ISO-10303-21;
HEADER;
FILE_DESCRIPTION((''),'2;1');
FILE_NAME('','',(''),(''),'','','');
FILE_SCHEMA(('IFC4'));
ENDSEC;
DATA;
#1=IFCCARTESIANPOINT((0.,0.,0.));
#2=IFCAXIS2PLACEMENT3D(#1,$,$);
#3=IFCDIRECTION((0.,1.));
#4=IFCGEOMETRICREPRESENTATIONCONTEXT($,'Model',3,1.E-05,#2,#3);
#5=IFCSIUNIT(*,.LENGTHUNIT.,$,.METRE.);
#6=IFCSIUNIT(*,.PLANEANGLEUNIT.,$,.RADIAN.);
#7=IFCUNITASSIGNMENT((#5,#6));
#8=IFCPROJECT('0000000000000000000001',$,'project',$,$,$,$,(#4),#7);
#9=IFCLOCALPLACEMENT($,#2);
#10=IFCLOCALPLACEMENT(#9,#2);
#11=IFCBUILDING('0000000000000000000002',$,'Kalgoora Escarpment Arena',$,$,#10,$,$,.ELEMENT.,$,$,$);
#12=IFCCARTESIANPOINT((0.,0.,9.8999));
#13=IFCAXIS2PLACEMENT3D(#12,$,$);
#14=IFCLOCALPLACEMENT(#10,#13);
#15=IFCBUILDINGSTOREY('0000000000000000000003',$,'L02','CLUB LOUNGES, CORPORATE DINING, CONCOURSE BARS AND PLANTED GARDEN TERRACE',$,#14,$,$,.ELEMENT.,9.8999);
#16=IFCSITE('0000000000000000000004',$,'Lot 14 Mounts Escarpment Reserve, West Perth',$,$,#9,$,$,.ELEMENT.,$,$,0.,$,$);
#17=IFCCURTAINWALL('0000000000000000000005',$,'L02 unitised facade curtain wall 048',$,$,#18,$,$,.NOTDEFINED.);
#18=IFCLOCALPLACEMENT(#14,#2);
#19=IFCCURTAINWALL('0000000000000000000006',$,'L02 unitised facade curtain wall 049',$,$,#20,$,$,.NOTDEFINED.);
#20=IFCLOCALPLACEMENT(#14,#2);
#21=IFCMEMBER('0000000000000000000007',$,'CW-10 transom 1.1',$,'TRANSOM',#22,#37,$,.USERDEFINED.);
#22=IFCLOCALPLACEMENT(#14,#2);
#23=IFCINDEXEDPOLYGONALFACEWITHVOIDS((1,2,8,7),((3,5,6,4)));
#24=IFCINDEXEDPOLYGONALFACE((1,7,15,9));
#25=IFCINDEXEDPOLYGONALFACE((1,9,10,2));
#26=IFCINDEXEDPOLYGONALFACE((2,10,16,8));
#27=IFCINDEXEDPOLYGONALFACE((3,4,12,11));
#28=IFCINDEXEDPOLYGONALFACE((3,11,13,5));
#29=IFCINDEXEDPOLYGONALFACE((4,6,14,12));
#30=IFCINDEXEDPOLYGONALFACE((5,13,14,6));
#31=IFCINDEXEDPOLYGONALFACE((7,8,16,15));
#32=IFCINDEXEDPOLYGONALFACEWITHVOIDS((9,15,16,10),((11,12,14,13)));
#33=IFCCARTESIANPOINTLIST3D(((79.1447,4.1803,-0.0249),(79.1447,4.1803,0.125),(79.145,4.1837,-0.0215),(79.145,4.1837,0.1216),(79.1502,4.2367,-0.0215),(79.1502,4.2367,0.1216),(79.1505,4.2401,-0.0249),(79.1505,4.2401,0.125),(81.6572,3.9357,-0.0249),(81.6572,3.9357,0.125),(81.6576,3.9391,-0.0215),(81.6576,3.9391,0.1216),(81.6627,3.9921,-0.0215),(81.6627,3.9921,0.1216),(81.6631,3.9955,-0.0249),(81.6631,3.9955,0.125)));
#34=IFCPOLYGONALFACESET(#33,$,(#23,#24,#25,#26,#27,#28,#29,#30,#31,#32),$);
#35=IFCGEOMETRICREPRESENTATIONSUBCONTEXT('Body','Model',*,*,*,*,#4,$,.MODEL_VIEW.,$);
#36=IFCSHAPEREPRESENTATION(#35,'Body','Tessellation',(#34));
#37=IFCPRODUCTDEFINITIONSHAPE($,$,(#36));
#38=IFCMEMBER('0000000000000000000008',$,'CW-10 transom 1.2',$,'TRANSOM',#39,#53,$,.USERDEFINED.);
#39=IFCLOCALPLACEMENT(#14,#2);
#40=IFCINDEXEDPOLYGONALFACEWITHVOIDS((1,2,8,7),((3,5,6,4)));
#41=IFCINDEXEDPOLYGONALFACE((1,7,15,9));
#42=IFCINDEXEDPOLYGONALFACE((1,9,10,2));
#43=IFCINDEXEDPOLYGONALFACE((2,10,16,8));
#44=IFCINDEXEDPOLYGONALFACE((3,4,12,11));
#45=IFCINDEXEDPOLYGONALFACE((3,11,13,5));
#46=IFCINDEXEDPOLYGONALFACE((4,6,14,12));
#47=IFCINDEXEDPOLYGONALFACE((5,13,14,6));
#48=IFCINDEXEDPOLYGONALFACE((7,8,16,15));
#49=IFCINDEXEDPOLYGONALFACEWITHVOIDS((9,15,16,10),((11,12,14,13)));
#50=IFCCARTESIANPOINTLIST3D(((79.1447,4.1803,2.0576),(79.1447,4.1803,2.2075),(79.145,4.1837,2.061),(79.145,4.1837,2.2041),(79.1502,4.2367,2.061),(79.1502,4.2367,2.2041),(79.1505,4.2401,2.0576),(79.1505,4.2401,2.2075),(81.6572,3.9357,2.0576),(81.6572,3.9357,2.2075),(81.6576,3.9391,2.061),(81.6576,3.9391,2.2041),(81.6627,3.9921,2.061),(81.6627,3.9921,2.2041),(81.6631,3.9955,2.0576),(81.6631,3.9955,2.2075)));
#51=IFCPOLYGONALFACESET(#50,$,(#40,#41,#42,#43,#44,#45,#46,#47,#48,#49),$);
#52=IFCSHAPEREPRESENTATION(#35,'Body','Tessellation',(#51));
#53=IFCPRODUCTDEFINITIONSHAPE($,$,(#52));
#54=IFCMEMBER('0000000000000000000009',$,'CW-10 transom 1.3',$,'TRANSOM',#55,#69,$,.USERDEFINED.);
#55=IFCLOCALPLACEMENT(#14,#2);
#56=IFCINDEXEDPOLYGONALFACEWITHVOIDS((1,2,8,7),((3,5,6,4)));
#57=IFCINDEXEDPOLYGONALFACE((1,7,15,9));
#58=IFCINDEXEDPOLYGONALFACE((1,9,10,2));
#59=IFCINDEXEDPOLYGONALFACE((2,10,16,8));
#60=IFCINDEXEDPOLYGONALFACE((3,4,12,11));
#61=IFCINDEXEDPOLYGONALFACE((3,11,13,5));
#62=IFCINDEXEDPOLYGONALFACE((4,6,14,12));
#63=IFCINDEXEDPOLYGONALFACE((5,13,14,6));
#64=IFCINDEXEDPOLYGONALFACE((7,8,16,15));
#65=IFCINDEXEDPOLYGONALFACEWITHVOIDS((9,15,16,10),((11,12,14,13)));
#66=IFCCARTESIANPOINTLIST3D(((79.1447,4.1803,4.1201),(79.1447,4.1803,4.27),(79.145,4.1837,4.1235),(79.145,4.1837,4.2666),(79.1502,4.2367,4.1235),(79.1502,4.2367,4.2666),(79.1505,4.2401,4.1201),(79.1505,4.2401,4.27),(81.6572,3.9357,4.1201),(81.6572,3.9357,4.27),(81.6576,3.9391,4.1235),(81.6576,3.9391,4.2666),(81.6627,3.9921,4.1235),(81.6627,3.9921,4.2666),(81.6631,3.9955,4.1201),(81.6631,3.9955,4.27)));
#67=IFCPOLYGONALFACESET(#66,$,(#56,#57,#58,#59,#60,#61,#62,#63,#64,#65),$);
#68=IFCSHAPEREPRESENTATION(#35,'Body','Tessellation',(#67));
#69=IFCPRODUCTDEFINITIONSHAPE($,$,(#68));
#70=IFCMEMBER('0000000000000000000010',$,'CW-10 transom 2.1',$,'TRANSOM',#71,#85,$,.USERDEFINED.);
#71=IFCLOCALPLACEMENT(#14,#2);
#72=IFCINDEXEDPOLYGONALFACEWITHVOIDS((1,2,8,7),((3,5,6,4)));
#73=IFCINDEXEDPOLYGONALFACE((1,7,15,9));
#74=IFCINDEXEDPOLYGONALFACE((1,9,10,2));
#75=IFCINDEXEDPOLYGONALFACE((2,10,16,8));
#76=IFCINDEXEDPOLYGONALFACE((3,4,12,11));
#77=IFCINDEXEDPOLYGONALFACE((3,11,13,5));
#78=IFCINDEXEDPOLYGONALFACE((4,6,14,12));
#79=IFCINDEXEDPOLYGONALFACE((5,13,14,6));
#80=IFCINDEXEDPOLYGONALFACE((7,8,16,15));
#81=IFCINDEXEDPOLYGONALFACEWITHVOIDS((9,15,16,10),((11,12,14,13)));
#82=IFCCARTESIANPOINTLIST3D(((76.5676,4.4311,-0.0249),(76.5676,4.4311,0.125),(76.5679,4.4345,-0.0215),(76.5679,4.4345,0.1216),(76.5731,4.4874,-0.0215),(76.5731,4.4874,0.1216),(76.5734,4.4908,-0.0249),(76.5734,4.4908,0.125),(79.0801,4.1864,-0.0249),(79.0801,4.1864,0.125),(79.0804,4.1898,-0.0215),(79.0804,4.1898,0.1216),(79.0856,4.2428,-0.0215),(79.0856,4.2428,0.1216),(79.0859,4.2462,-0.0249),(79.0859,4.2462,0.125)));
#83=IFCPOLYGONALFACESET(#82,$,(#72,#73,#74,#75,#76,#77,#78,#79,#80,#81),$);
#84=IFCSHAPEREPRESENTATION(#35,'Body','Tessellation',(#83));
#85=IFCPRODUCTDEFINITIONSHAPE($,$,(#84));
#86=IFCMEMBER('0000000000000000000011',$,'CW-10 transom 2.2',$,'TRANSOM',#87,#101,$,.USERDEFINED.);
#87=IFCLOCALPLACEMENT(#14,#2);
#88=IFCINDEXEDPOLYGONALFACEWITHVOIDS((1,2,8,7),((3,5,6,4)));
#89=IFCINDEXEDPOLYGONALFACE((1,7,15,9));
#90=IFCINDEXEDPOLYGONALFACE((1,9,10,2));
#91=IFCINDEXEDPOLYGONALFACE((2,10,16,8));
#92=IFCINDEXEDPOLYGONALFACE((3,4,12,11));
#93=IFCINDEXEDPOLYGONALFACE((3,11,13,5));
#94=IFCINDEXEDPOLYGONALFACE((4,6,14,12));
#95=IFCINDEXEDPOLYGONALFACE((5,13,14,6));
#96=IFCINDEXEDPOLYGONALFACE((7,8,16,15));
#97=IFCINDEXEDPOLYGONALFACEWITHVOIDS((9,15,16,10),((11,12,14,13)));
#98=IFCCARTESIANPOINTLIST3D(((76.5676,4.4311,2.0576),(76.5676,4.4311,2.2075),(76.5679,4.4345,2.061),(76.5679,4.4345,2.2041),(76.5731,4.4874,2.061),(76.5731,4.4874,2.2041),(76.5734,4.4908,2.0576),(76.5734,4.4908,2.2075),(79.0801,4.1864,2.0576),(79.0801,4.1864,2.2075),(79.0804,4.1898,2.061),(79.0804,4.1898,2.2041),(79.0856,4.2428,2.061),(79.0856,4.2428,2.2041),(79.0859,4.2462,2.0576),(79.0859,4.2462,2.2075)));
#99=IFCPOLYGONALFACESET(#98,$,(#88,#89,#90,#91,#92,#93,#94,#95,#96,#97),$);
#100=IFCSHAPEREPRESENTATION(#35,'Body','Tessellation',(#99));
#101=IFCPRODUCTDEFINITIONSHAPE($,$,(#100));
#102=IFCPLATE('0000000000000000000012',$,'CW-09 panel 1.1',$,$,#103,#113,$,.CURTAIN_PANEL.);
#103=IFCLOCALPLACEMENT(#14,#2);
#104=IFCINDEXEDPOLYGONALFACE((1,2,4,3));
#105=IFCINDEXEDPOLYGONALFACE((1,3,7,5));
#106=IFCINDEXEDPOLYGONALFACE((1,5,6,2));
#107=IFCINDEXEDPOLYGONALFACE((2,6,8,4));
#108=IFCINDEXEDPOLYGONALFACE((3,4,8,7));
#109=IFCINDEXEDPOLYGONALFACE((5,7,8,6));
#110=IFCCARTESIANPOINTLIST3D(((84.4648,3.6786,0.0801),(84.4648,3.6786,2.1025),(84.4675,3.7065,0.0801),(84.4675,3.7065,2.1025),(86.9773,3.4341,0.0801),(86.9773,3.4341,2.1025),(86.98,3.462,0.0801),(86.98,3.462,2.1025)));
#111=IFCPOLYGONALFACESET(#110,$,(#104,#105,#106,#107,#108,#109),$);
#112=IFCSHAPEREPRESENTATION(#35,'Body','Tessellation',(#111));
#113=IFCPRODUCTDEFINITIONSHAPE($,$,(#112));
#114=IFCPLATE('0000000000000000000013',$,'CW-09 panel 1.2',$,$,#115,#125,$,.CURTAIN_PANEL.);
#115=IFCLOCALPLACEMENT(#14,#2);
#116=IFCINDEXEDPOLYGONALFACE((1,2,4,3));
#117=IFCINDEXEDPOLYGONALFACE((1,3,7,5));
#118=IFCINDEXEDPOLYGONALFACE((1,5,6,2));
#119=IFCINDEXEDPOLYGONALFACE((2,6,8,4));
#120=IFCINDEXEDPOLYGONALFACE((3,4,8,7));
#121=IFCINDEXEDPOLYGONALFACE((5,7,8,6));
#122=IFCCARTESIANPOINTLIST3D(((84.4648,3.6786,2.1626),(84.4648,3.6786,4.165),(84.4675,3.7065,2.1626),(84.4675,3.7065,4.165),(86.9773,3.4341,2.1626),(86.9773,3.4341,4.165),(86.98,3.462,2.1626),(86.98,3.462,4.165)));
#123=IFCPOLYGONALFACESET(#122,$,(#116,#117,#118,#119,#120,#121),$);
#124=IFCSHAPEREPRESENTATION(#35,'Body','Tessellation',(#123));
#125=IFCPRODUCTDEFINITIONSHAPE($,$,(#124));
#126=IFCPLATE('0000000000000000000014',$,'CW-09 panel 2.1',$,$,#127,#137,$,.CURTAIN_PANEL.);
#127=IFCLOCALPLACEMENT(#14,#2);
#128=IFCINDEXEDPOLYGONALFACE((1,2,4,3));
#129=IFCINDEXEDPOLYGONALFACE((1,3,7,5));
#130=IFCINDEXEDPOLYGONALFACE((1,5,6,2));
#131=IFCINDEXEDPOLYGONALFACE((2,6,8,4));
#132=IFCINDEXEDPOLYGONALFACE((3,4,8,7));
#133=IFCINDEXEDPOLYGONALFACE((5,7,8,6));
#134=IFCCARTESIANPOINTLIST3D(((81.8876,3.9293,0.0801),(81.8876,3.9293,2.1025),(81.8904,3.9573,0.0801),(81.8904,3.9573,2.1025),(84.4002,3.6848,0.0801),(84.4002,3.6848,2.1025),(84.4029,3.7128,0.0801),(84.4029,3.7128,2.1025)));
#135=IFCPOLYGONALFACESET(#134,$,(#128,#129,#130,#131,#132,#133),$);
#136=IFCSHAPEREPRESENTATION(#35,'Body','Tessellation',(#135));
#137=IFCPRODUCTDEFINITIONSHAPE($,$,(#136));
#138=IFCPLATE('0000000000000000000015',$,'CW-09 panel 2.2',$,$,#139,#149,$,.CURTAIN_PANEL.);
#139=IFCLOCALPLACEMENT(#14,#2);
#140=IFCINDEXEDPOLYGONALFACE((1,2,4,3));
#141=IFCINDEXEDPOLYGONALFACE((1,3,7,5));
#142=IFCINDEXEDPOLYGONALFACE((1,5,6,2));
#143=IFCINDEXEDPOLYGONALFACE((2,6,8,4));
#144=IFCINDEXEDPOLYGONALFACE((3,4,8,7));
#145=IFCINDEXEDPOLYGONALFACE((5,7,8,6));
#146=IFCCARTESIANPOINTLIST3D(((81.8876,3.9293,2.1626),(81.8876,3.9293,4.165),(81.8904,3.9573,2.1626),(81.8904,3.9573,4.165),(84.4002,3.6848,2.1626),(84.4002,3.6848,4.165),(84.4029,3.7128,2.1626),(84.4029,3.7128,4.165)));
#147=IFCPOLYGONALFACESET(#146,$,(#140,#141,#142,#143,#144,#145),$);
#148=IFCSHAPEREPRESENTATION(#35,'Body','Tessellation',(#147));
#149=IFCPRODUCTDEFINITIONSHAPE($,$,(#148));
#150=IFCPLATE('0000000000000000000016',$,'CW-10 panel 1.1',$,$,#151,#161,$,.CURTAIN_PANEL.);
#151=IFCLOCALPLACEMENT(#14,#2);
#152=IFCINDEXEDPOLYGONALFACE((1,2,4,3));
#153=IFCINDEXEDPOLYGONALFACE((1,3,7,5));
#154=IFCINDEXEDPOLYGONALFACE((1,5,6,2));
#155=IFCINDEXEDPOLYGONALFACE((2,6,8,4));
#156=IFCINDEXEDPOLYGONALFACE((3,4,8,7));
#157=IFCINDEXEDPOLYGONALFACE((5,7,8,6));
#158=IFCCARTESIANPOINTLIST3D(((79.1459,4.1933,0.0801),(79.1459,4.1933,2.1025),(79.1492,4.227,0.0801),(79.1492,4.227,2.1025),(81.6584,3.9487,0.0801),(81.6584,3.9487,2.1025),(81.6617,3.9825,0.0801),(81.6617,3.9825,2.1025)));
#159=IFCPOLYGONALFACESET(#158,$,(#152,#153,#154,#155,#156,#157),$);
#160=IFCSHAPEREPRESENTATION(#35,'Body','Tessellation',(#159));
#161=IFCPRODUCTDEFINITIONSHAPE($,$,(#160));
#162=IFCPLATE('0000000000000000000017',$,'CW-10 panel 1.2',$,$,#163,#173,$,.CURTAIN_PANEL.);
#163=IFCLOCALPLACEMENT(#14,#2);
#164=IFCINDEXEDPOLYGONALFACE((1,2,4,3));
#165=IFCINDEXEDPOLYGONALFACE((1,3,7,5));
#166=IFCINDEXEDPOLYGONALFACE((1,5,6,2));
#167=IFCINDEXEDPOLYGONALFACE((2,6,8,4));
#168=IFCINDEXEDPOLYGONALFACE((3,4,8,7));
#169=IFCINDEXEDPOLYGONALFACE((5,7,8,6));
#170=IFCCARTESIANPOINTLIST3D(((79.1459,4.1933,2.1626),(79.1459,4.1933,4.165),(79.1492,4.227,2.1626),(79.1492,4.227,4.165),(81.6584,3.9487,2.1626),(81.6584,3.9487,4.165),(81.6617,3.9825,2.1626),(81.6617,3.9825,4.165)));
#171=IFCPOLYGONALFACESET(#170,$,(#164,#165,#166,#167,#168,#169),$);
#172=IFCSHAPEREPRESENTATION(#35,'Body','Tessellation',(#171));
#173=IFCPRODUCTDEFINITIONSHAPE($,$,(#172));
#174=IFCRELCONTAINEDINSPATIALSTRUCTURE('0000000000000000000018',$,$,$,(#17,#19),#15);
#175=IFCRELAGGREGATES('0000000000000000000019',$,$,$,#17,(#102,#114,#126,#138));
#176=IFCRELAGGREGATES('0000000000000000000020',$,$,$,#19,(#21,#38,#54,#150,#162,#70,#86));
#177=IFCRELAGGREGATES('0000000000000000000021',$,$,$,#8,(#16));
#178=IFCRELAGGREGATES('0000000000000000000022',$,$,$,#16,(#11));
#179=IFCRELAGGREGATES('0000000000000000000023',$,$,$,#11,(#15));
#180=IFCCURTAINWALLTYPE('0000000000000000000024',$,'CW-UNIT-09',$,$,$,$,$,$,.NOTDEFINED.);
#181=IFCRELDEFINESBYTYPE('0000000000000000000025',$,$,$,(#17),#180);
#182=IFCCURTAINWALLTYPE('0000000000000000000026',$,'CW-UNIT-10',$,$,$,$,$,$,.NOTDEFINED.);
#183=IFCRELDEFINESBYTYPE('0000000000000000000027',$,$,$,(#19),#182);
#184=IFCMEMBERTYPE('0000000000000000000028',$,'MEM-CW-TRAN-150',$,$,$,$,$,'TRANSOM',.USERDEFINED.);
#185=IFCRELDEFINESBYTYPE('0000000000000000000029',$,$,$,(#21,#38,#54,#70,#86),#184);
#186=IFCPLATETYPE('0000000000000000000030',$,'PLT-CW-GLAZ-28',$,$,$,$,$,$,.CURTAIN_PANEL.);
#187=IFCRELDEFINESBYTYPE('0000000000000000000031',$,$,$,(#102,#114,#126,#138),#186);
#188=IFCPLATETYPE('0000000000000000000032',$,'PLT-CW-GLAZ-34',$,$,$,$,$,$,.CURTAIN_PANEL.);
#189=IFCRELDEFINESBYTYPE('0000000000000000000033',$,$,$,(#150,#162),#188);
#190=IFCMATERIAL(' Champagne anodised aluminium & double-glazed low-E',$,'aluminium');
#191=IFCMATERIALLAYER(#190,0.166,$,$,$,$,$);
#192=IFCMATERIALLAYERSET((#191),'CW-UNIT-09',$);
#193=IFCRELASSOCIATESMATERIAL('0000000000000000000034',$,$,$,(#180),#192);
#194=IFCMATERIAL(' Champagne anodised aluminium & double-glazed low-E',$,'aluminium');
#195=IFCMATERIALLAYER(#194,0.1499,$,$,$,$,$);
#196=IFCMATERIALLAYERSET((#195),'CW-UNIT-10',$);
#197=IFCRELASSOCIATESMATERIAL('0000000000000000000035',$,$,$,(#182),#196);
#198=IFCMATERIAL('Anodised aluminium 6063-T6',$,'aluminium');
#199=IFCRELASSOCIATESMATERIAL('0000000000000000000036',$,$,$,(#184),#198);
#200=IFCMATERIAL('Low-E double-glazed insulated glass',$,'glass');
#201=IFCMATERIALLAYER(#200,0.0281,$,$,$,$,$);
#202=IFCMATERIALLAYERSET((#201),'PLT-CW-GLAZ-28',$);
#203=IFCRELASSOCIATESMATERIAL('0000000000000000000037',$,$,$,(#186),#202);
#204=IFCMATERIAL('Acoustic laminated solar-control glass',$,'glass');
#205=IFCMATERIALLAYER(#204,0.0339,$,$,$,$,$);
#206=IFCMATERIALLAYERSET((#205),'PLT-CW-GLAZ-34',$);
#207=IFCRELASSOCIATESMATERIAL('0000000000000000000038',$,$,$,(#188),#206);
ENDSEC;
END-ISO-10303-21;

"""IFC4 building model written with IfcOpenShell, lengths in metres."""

from ifc_helpers import new_model, si_unit, direction, frame, origin, origin_2d, place, context, subcontext, project, spatial, rectangle, hollow_rectangle, extrude, material, layer, layer_set, material_profile, profile_set, type_object, element, aggregate, save


model = new_model("IFC4")

# Units and contexts
model_context = context("Model", 3, precision=1e-05, world=origin(), true_north=direction((0.0, 1.0)))
body_context = subcontext(model_context, "Body", "Model", "MODEL_VIEW")
ifc_project = project(units=[si_unit("LENGTHUNIT", "METRE"), si_unit("PLANEANGLEUNIT", "RADIAN")], contexts=[model_context])

# Site, building, storey
site_placement = place(None, origin())
site = spatial("IfcSite", under=ifc_project, at=site_placement, Name="Lot 14 Mounts Escarpment Reserve, West Perth", CompositionType="ELEMENT", RefElevation=0.0)
building_placement = place(site_placement, origin())
building = spatial("IfcBuilding", under=site, at=building_placement, Name="Kalgoora Escarpment Arena", CompositionType="ELEMENT")
storey_placement = place(building_placement, frame((0.0, 0.0, 9.8999)))
storey = spatial("IfcBuildingStorey", under=building, at=storey_placement, Name="L02", Description="CLUB LOUNGES, CORPORATE DINING, CONCOURSE BARS AND PLANTED GARDEN TERRACE", CompositionType="ELEMENT", Elevation=9.8999)

# Curtain walls
ifc_material_1 = material(Name=" Champagne anodised aluminium & double-glazed low-E", Category="aluminium")
ifc_layer_1 = layer(ifc_material_1, 0.166)
ifc_layer_set_1 = layer_set([ifc_layer_1], Name="CW-UNIT-09")
curtain_wall_type_1 = type_object("IfcCurtainWallType", Name="CW-UNIT-09", PredefinedType="NOTDEFINED", material=ifc_layer_set_1)
curtain_wall_1_placement = place(storey_placement, origin())
curtain_wall_1 = element("IfcCurtainWall", 1, at=curtain_wall_1_placement, inside=storey, type_object=curtain_wall_type_1, Name="L02 unitised facade curtain wall 048", PredefinedType="NOTDEFINED")
ifc_material_2 = material(Name=" Champagne anodised aluminium & double-glazed low-E", Category="aluminium")
ifc_layer_2 = layer(ifc_material_2, 0.1499)
ifc_layer_set_2 = layer_set([ifc_layer_2], Name="CW-UNIT-10")
curtain_wall_type_2 = type_object("IfcCurtainWallType", Name="CW-UNIT-10", PredefinedType="NOTDEFINED", material=ifc_layer_set_2)
curtain_wall_2_placement = place(storey_placement, origin())
curtain_wall_2 = element("IfcCurtainWall", 2, at=curtain_wall_2_placement, inside=storey, type_object=curtain_wall_type_2, Name="L02 unitised facade curtain wall 049", PredefinedType="NOTDEFINED")

# Members
ifc_material_3 = material(Name="Anodised aluminium 6063-T6", Category="aluminium")
ifc_material_profile_1 = material_profile(ifc_material_3, hollow_rectangle(XDim=0.0601, YDim=0.1499, WallThickness=0.0034, at=origin_2d()))
ifc_profile_set_1 = profile_set([ifc_material_profile_1], Name="Anodised aluminium 6063-T6")
member_type_1 = type_object("IfcMemberType", Name="MEM-CW-TRAN-150", ElementType="TRANSOM", PredefinedType="USERDEFINED", material=ifc_profile_set_1)
member_1_placement = place(storey_placement, frame((81.6602, 3.9656, 0.05), z_axis=(-0.995293, 0.096908, 0.0), x_axis=(-0.096908, -0.995293, 0.0)))
member_1 = element("IfcMember", 3, at=member_1_placement, type_object=member_type_1, Name="CW-10 transom 1.1", ObjectType="TRANSOM", PredefinedType="USERDEFINED", context=body_context, shape_type="SweptSolid", body=[
    extrude(hollow_rectangle(XDim=0.0601, YDim=0.1499, WallThickness=0.0034, at=origin_2d()), origin(), (0.0, 0.0, 1.0), 2.5244),
])
member_2_placement = place(storey_placement, frame((81.6602, 3.9656, 2.1326), z_axis=(-0.995293, 0.096908, 0.0), x_axis=(-0.096908, -0.995293, 0.0)))
member_2 = element("IfcMember", 4, at=member_2_placement, type_object=member_type_1, Name="CW-10 transom 1.2", ObjectType="TRANSOM", PredefinedType="USERDEFINED", context=body_context, shape_type="SweptSolid", body=[
    extrude(hollow_rectangle(XDim=0.0601, YDim=0.1499, WallThickness=0.0034, at=origin_2d()), origin(), (0.0, 0.0, 1.0), 2.5244),
])
member_3_placement = place(storey_placement, frame((81.6602, 3.9656, 4.1951), z_axis=(-0.995293, 0.096908, 0.0), x_axis=(-0.096908, -0.995293, 0.0)))
member_3 = element("IfcMember", 5, at=member_3_placement, type_object=member_type_1, Name="CW-10 transom 1.3", ObjectType="TRANSOM", PredefinedType="USERDEFINED", context=body_context, shape_type="SweptSolid", body=[
    extrude(hollow_rectangle(XDim=0.0601, YDim=0.1499, WallThickness=0.0034, at=origin_2d()), origin(), (0.0, 0.0, 1.0), 2.5244),
])
member_4_placement = place(storey_placement, frame((79.083, 4.2163, 0.05), z_axis=(-0.995293, 0.096908, 0.0), x_axis=(-0.096908, -0.995293, 0.0)))
member_4 = element("IfcMember", 6, at=member_4_placement, type_object=member_type_1, Name="CW-10 transom 2.1", ObjectType="TRANSOM", PredefinedType="USERDEFINED", context=body_context, shape_type="SweptSolid", body=[
    extrude(hollow_rectangle(XDim=0.0601, YDim=0.1499, WallThickness=0.0034, at=origin_2d()), origin(), (0.0, 0.0, 1.0), 2.5244),
])
member_5_placement = place(storey_placement, frame((79.083, 4.2163, 2.1326), z_axis=(-0.995293, 0.096908, 0.0), x_axis=(-0.096908, -0.995293, 0.0)))
member_5 = element("IfcMember", 7, at=member_5_placement, type_object=member_type_1, Name="CW-10 transom 2.2", ObjectType="TRANSOM", PredefinedType="USERDEFINED", context=body_context, shape_type="SweptSolid", body=[
    extrude(hollow_rectangle(XDim=0.0601, YDim=0.1499, WallThickness=0.0034, at=origin_2d()), origin(), (0.0, 0.0, 1.0), 2.5244),
])

# Plates
ifc_material_4 = material(Name="Low-E double-glazed insulated glass", Category="glass")
ifc_layer_3 = layer(ifc_material_4, 0.0281)
ifc_layer_set_3 = layer_set([ifc_layer_3], Name="PLT-CW-GLAZ-28")
plate_type_1 = type_object("IfcPlateType", Name="PLT-CW-GLAZ-28", PredefinedType="CURTAIN_PANEL", material=ifc_layer_set_3)
plate_1_placement = place(storey_placement, frame((85.7224, 3.5703, 0.0801), z_axis=(0.0, 0.0, 1.0), x_axis=(-0.995298, 0.09686, 0.0)))
plate_1 = element("IfcPlate", 8, at=plate_1_placement, type_object=plate_type_1, Name="CW-09 panel 1.1", PredefinedType="CURTAIN_PANEL", context=body_context, shape_type="SweptSolid", body=[
    extrude(rectangle(XDim=2.5244, YDim=0.0281, at=origin_2d()), origin(), (0.0, 0.0, 1.0), 2.0225),
])
plate_2_placement = place(storey_placement, frame((85.7224, 3.5703, 2.1626), z_axis=(0.0, 0.0, 1.0), x_axis=(-0.995298, 0.09686, 0.0)))
plate_2 = element("IfcPlate", 9, at=plate_2_placement, type_object=plate_type_1, Name="CW-09 panel 1.2", PredefinedType="CURTAIN_PANEL", context=body_context, shape_type="SweptSolid", body=[
    extrude(rectangle(XDim=2.5244, YDim=0.0281, at=origin_2d()), origin(), (0.0, 0.0, 1.0), 2.0024),
])
plate_3_placement = place(storey_placement, frame((83.1453, 3.821, 0.0801), z_axis=(0.0, 0.0, 1.0), x_axis=(-0.995298, 0.09686, 0.0)))
plate_3 = element("IfcPlate", 10, at=plate_3_placement, type_object=plate_type_1, Name="CW-09 panel 2.1", PredefinedType="CURTAIN_PANEL", context=body_context, shape_type="SweptSolid", body=[
    extrude(rectangle(XDim=2.5244, YDim=0.0281, at=origin_2d()), origin(), (0.0, 0.0, 1.0), 2.0225),
])
plate_4_placement = place(storey_placement, frame((83.1453, 3.821, 2.1626), z_axis=(0.0, 0.0, 1.0), x_axis=(-0.995298, 0.09686, 0.0)))
plate_4 = element("IfcPlate", 11, at=plate_4_placement, type_object=plate_type_1, Name="CW-09 panel 2.2", PredefinedType="CURTAIN_PANEL", context=body_context, shape_type="SweptSolid", body=[
    extrude(rectangle(XDim=2.5244, YDim=0.0281, at=origin_2d()), origin(), (0.0, 0.0, 1.0), 2.0024),
])
aggregate(curtain_wall_1, [plate_1, plate_2, plate_3, plate_4])
ifc_material_5 = material(Name="Acoustic laminated solar-control glass", Category="glass")
ifc_layer_4 = layer(ifc_material_5, 0.0339)
ifc_layer_set_4 = layer_set([ifc_layer_4], Name="PLT-CW-GLAZ-34")
plate_type_2 = type_object("IfcPlateType", Name="PLT-CW-GLAZ-34", PredefinedType="CURTAIN_PANEL", material=ifc_layer_set_4)
plate_5_placement = place(storey_placement, frame((80.4038, 4.0879, 0.0801), z_axis=(0.0, 0.0, 1.0), x_axis=(-0.995298, 0.09686, 0.0)))
plate_5 = element("IfcPlate", 12, at=plate_5_placement, type_object=plate_type_2, Name="CW-10 panel 1.1", PredefinedType="CURTAIN_PANEL", context=body_context, shape_type="SweptSolid", body=[
    extrude(rectangle(XDim=2.5244, YDim=0.0339, at=origin_2d()), origin(), (0.0, 0.0, 1.0), 2.0225),
])
plate_6_placement = place(storey_placement, frame((80.4038, 4.0879, 2.1626), z_axis=(0.0, 0.0, 1.0), x_axis=(-0.995298, 0.09686, 0.0)))
plate_6 = element("IfcPlate", 13, at=plate_6_placement, type_object=plate_type_2, Name="CW-10 panel 1.2", PredefinedType="CURTAIN_PANEL", context=body_context, shape_type="SweptSolid", body=[
    extrude(rectangle(XDim=2.5244, YDim=0.0339, at=origin_2d()), origin(), (0.0, 0.0, 1.0), 2.0024),
])
aggregate(curtain_wall_2, [member_1, member_2, member_3, plate_5, plate_6, member_4, member_5])

save(model, "model.ifc")
